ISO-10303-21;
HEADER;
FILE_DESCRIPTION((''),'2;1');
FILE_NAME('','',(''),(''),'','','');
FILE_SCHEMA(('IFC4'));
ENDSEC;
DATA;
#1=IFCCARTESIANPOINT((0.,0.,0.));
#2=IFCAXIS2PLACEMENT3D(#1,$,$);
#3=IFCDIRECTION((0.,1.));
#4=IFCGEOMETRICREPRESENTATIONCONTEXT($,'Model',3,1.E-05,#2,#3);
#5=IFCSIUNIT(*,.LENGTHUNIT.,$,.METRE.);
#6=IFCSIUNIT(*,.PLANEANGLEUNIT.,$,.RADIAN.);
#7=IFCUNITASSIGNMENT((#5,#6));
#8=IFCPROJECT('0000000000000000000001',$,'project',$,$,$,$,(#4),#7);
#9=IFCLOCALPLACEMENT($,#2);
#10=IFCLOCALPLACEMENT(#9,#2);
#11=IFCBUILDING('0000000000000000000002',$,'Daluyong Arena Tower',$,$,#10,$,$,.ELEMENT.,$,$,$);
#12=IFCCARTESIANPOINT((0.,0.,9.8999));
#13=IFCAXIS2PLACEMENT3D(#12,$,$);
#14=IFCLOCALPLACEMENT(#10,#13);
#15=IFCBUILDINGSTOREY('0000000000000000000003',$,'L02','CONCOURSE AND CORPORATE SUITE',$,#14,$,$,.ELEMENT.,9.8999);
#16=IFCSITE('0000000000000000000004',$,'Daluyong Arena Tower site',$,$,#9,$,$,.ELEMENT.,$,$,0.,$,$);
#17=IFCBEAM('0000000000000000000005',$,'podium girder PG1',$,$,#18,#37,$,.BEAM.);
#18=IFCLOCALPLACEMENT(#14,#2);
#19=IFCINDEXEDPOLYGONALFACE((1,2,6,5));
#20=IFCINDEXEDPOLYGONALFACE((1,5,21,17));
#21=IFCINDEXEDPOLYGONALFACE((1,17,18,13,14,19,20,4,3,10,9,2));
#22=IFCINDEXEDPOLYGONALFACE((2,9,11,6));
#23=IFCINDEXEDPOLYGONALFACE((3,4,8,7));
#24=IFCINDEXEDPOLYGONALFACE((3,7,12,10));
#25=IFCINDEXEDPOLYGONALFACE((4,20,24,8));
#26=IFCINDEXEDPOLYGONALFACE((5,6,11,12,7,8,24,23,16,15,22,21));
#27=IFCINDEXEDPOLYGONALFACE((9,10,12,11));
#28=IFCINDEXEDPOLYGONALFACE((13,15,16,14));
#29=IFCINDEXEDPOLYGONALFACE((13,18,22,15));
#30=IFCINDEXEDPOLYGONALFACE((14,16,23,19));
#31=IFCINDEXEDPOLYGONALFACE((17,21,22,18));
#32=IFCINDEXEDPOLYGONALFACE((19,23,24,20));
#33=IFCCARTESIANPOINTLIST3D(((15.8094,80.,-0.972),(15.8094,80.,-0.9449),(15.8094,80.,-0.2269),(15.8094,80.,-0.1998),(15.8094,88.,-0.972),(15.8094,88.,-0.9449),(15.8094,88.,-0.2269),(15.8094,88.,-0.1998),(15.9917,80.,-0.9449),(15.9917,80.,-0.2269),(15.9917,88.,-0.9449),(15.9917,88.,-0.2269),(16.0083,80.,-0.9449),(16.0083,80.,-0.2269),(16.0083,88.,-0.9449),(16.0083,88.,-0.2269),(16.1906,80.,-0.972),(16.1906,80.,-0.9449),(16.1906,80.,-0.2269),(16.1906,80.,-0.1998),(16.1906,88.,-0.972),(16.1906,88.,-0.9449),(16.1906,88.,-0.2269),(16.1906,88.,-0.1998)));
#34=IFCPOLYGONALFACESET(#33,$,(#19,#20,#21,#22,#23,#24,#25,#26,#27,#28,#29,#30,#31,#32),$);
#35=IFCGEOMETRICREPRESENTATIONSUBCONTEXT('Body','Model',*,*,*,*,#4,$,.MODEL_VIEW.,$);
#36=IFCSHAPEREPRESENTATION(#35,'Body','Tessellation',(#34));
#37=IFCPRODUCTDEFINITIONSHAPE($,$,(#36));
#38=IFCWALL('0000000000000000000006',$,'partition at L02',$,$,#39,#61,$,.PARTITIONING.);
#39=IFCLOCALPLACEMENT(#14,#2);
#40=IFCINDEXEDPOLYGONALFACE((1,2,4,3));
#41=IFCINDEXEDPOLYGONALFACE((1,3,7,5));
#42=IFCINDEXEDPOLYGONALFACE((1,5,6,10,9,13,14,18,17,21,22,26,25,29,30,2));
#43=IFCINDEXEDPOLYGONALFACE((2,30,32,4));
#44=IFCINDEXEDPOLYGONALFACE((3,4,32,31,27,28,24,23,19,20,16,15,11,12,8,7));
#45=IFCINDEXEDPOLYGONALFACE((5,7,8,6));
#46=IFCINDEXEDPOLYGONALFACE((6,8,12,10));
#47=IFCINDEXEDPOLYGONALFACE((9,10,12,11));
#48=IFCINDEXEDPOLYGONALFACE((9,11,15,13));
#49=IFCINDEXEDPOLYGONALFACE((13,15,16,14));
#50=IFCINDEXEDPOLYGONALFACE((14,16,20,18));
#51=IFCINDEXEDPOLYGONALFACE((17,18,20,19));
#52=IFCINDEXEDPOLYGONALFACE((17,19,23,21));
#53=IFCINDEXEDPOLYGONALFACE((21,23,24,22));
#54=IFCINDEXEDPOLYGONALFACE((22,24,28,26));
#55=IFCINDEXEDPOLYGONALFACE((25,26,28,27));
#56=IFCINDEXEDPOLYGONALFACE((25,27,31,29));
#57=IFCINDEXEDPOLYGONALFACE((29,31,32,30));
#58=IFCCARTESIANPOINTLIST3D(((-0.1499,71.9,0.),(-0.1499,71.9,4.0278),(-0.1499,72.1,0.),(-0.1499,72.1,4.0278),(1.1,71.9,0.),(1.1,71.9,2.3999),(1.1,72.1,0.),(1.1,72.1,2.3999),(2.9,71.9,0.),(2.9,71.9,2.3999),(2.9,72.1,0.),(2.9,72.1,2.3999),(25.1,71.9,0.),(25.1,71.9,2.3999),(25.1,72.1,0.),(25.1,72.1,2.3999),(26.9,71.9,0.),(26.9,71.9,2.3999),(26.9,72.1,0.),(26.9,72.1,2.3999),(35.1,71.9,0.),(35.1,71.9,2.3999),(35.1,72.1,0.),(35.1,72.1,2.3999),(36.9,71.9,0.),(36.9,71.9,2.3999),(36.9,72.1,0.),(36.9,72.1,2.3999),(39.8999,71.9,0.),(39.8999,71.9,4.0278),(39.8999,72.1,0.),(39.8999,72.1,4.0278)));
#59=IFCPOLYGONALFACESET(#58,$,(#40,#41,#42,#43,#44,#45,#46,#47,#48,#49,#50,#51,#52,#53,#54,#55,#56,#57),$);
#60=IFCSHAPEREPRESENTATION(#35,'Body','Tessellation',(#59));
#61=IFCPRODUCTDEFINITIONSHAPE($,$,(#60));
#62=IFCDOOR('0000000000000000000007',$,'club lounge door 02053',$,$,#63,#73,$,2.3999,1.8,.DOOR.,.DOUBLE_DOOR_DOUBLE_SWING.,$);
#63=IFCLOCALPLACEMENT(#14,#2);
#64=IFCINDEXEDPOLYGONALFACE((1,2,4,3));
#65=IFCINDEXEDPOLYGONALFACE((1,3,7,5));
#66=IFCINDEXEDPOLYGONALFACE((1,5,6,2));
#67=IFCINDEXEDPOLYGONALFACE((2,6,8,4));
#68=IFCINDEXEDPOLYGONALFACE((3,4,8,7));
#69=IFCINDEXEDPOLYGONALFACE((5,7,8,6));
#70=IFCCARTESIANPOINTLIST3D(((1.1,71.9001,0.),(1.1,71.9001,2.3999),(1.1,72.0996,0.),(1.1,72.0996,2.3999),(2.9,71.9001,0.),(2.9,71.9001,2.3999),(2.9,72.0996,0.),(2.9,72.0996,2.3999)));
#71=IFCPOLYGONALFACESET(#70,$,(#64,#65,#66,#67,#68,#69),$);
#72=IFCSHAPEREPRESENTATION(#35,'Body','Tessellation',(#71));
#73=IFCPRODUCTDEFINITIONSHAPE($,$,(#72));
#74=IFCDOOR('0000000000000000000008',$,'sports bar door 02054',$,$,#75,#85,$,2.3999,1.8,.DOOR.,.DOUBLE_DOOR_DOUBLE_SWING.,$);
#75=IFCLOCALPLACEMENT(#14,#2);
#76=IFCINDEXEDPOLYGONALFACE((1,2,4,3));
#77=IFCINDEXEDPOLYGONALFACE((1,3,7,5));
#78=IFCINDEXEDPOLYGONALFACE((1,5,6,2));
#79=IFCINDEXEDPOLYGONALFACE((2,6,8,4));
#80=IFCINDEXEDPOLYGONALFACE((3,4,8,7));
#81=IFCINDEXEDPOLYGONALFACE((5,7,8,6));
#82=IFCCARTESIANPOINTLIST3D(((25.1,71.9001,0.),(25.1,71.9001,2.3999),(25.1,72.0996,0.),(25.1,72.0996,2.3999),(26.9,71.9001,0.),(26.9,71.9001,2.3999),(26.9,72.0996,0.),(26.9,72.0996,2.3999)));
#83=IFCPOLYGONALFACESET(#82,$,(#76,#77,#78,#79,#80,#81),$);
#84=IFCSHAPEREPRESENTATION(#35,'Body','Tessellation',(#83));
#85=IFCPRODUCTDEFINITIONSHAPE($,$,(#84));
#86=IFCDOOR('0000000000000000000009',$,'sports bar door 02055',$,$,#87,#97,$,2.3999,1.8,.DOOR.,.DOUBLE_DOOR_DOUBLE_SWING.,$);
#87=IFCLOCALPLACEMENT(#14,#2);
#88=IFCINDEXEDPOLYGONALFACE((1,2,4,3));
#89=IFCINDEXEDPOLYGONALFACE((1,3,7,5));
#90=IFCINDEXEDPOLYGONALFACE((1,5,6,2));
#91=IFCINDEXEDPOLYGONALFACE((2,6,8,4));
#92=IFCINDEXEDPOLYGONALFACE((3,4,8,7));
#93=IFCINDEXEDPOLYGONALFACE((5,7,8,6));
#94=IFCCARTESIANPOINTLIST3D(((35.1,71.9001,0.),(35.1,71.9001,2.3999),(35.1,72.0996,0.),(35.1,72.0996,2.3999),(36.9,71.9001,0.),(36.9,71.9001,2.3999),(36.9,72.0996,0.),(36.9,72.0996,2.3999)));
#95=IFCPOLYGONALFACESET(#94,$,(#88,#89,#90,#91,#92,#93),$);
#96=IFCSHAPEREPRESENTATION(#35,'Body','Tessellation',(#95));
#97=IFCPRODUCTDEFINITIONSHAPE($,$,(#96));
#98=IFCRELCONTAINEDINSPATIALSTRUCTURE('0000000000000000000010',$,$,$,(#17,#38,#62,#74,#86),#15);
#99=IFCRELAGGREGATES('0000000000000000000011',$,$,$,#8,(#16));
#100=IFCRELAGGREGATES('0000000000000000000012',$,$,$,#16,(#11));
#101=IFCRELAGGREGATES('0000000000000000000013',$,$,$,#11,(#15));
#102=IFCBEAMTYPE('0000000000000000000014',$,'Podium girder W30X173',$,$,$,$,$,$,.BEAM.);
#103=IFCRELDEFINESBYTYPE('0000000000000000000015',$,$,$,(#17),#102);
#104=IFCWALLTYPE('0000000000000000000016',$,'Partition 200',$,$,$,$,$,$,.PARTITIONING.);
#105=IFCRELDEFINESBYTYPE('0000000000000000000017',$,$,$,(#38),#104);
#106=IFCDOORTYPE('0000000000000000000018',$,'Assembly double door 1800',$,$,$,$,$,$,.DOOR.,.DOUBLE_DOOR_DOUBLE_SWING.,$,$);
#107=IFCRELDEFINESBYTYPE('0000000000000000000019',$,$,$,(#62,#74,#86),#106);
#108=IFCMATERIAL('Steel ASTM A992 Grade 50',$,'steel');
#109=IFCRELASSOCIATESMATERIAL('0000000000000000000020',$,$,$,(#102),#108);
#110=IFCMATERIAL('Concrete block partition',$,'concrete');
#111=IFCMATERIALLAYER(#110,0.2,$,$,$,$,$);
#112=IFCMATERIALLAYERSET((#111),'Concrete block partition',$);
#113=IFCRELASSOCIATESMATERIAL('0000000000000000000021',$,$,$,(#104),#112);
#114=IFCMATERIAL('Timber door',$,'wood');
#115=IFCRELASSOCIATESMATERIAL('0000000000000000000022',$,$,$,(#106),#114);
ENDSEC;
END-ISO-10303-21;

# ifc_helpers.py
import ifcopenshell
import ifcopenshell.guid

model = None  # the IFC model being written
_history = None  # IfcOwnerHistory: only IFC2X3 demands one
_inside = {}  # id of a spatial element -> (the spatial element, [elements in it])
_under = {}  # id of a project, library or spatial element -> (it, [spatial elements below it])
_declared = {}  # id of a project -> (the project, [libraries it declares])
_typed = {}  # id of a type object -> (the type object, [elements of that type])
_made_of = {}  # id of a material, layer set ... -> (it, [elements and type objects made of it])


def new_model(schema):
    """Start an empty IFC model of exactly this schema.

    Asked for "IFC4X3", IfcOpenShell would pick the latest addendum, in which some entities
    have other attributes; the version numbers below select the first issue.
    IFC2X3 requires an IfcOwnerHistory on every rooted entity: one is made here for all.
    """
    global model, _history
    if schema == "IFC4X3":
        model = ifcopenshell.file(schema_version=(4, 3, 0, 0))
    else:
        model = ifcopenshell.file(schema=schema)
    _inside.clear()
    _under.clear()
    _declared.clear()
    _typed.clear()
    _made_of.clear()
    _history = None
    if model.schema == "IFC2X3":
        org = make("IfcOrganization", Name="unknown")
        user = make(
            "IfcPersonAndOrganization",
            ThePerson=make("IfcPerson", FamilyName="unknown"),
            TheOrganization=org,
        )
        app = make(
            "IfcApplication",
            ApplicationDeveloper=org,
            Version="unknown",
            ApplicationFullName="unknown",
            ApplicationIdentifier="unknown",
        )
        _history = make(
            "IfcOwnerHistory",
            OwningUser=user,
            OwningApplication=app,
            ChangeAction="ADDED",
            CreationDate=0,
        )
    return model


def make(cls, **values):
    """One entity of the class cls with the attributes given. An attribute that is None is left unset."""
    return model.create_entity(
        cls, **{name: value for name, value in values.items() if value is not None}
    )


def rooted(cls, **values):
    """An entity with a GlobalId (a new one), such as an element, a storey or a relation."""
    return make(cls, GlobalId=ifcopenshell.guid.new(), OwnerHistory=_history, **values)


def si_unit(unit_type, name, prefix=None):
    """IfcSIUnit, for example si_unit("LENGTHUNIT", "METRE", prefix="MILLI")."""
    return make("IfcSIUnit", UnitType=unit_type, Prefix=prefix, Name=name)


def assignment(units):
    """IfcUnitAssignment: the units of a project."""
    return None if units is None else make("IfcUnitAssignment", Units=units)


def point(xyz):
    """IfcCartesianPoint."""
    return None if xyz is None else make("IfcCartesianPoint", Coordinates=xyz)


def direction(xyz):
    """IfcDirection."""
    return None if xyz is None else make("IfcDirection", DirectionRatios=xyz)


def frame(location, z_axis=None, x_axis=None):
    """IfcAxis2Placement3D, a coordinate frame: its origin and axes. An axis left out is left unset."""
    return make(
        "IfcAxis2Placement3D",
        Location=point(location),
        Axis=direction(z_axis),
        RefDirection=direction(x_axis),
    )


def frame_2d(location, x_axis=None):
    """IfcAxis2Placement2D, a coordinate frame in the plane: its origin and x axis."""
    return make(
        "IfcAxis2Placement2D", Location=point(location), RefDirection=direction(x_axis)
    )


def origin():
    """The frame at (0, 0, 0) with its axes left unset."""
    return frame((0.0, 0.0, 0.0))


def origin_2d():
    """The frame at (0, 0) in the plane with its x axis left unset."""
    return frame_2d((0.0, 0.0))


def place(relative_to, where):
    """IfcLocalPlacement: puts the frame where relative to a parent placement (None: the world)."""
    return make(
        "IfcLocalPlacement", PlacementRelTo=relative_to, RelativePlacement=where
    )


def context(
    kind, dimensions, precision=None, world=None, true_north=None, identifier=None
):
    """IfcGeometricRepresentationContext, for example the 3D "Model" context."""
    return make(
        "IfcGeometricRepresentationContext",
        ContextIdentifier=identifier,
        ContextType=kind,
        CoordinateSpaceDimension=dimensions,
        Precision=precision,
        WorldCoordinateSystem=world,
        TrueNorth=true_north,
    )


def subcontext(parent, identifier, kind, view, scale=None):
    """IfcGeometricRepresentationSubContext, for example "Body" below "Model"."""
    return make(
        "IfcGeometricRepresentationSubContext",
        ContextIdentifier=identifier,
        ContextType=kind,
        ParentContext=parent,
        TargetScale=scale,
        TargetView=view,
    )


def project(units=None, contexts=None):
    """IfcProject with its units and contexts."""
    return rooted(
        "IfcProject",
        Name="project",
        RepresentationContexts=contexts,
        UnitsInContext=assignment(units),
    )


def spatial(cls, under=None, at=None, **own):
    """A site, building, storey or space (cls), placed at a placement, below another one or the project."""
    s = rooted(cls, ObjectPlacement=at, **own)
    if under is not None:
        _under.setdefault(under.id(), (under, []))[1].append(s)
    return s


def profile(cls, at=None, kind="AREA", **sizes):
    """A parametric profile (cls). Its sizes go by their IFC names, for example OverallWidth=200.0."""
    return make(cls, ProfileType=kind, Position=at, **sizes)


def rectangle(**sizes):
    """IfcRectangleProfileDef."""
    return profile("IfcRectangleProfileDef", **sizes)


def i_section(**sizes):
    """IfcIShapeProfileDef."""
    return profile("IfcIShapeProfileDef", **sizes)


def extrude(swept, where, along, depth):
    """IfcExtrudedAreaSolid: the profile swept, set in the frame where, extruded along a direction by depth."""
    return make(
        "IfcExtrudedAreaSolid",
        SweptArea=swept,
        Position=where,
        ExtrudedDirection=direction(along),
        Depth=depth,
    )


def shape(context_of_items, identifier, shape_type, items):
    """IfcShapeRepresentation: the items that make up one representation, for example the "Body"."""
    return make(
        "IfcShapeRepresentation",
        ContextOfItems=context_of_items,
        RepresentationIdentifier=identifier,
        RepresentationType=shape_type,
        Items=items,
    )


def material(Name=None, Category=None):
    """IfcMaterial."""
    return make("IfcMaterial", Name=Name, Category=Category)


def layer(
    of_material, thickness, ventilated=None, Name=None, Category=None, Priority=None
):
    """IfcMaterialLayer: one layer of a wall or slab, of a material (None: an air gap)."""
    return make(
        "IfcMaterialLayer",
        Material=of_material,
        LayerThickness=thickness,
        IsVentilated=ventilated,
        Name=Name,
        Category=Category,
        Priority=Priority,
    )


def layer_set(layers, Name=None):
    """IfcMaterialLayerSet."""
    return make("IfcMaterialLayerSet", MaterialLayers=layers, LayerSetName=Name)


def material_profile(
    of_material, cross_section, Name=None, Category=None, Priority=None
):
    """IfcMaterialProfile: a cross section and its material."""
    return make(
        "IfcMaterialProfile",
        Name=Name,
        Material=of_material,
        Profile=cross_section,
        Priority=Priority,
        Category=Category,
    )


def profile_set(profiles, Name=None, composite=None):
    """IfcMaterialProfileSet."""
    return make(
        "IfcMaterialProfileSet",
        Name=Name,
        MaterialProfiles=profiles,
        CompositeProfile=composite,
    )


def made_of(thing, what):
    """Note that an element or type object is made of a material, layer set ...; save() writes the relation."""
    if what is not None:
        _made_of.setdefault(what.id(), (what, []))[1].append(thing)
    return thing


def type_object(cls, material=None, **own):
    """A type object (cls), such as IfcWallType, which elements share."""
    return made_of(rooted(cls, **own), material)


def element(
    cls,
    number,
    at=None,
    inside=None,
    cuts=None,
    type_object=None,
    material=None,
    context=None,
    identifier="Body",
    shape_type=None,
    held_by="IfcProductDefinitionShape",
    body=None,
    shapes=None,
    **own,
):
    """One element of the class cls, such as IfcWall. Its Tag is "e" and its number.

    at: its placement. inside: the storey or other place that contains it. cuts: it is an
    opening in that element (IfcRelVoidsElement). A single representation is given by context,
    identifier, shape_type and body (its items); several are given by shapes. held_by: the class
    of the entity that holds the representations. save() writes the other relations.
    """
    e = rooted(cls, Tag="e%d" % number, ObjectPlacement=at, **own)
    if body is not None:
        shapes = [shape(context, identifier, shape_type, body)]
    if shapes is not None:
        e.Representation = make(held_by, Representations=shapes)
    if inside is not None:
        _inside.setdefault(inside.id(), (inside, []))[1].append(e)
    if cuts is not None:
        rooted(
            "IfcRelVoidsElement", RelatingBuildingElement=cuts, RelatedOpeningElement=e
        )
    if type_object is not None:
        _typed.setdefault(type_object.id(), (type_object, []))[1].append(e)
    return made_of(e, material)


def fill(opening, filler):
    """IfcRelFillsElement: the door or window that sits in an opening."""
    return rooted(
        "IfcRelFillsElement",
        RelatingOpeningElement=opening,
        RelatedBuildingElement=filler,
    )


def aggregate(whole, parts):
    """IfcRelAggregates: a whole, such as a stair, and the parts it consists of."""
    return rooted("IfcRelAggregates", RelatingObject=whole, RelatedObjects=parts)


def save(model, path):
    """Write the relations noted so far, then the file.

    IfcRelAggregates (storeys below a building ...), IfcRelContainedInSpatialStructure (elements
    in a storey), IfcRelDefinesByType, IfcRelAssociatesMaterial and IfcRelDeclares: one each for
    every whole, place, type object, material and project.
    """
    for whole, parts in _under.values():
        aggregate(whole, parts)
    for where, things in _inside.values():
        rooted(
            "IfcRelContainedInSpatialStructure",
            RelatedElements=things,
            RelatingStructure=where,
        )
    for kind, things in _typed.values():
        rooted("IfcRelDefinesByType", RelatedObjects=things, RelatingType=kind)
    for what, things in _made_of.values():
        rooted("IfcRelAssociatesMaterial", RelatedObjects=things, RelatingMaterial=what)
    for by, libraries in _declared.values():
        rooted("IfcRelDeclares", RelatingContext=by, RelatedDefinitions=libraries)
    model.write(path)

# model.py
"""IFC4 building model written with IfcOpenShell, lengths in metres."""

from ifc_helpers import new_model, si_unit, direction, frame, frame_2d, origin, origin_2d, place, context, subcontext, project, spatial, rectangle, i_section, extrude, material, layer, layer_set, material_profile, profile_set, type_object, element, fill, save


model = new_model("IFC4")

# Units and contexts
model_context = context("Model", 3, precision=1e-05, world=origin(), true_north=direction((0.0, 1.0)))
body_context = subcontext(model_context, "Body", "Model", "MODEL_VIEW")
ifc_project = project(units=[si_unit("LENGTHUNIT", "METRE"), si_unit("PLANEANGLEUNIT", "RADIAN")], contexts=[model_context])

# Site, building, storey
site_placement = place(None, origin())
site = spatial("IfcSite", under=ifc_project, at=site_placement, Name="Daluyong Arena Tower site", CompositionType="ELEMENT", RefElevation=0.0)
building_placement = place(site_placement, origin())
building = spatial("IfcBuilding", under=site, at=building_placement, Name="Daluyong Arena Tower", CompositionType="ELEMENT")
storey_placement = place(building_placement, frame((0.0, 0.0, 9.8999)))
storey = spatial("IfcBuildingStorey", under=building, at=storey_placement, Name="L02", Description="CONCOURSE AND CORPORATE SUITE", CompositionType="ELEMENT", Elevation=9.8999)

# Beam
ifc_material_1 = material(Name="Steel ASTM A992 Grade 50", Category="steel")
ifc_material_profile_1 = material_profile(ifc_material_1, i_section(OverallWidth=0.3811, OverallDepth=0.7722, WebThickness=0.0166, FlangeThickness=0.0271, at=origin_2d()))
ifc_profile_set_1 = profile_set([ifc_material_profile_1], Name="Steel ASTM A992 Grade 50")
beam_type_1 = type_object("IfcBeamType", Name="Podium girder W30X173", PredefinedType="BEAM", material=ifc_profile_set_1)
for number, where, z_axis, x_axis, name in (
    (1, (16.0, 80.0, -0.5859), (0.0, 1.0, 0.0), (-1.0, 0.0, 0.0), "podium girder PG1"),
):
    element("IfcBeam", number, at=place(storey_placement, frame(where, z_axis=z_axis, x_axis=x_axis)), inside=storey, type_object=beam_type_1, Name=name, PredefinedType="BEAM", context=body_context, shape_type="SweptSolid", body=[
        extrude(i_section(OverallWidth=0.3811, OverallDepth=0.7722, WebThickness=0.0166, FlangeThickness=0.0271, at=origin_2d()), origin(), (0.0, 0.0, 1.0), 8.0),
    ])

# Wall, openings, doors
ifc_material_2 = material(Name="Concrete block partition", Category="concrete")
ifc_layer = layer(ifc_material_2, 0.2)
ifc_layer_set = layer_set([ifc_layer], Name="Concrete block partition")
wall_type = type_object("IfcWallType", Name="Partition 200", PredefinedType="PARTITIONING", material=ifc_layer_set)
wall_placement = place(storey_placement, frame((-0.1499, 72.0, 0.0), z_axis=(0.0, 0.0, 1.0), x_axis=(1.0, 0.0, 0.0)))
wall = element("IfcWall", 2, at=wall_placement, inside=storey, type_object=wall_type, Name="partition at L02", PredefinedType="PARTITIONING", context=body_context, shape_type="SweptSolid", body=[
    extrude(rectangle(XDim=40.0498, YDim=0.2, at=frame_2d((20.0249, 0.0))), origin(), (0.0, 0.0, 1.0), 4.0278),
])
opening_1_placement = place(wall_placement, frame((1.25, 0.0, 0.0)))
opening_1 = element("IfcOpeningElement", 3, at=opening_1_placement, cuts=wall, PredefinedType="OPENING", context=body_context, shape_type="SweptSolid", body=[
    extrude(rectangle(XDim=1.8, YDim=2.3999, at=frame_2d((0.8999, 1.2))), frame((0.0, 0.1099, 0.0), z_axis=(0.0, -1.0, 0.0), x_axis=(1.0, 0.0, 0.0)), (0.0, 0.0, 1.0), 0.22),
])
opening_2_placement = place(wall_placement, frame((25.25, 0.0, 0.0)))
opening_2 = element("IfcOpeningElement", 4, at=opening_2_placement, cuts=wall, PredefinedType="OPENING", context=body_context, shape_type="SweptSolid", body=[
    extrude(rectangle(XDim=1.8, YDim=2.3999, at=frame_2d((0.8999, 1.2))), frame((0.0, 0.1099, 0.0), z_axis=(0.0, -1.0, 0.0), x_axis=(1.0, 0.0, 0.0)), (0.0, 0.0, 1.0), 0.22),
])
opening_3_placement = place(wall_placement, frame((35.25, 0.0, 0.0)))
opening_3 = element("IfcOpeningElement", 5, at=opening_3_placement, cuts=wall, PredefinedType="OPENING", context=body_context, shape_type="SweptSolid", body=[
    extrude(rectangle(XDim=1.8, YDim=2.3999, at=frame_2d((0.8999, 1.2))), frame((0.0, 0.1099, 0.0), z_axis=(0.0, -1.0, 0.0), x_axis=(1.0, 0.0, 0.0)), (0.0, 0.0, 1.0), 0.22),
])
ifc_material_3 = material(Name="Timber door", Category="wood")
door_type = type_object("IfcDoorType", Name="Assembly double door 1800", OperationType="DOUBLE_DOOR_DOUBLE_SWING", PredefinedType="DOOR", material=ifc_material_3)
door_1_placement = place(opening_1_placement, origin())
door_1 = element("IfcDoor", 6, at=door_1_placement, inside=storey, type_object=door_type, Name="club lounge door 02053", OperationType="DOUBLE_DOOR_DOUBLE_SWING", OverallHeight=2.3999, OverallWidth=1.8, PredefinedType="DOOR", context=body_context, shape_type="SweptSolid", body=[
    extrude(rectangle(XDim=1.8, YDim=2.3999, at=frame_2d((0.8999, 1.2))), frame((0.0, 0.0996, 0.0), z_axis=(0.0, -1.0, 0.0), x_axis=(1.0, 0.0, 0.0)), (0.0, 0.0, 1.0), 0.1995),
])
fill(opening_1, door_1)
door_2_placement = place(opening_2_placement, origin())
door_2 = element("IfcDoor", 7, at=door_2_placement, inside=storey, type_object=door_type, Name="sports bar door 02054", OperationType="DOUBLE_DOOR_DOUBLE_SWING", OverallHeight=2.3999, OverallWidth=1.8, PredefinedType="DOOR", context=body_context, shape_type="SweptSolid", body=[
    extrude(rectangle(XDim=1.8, YDim=2.3999, at=frame_2d((0.8999, 1.2))), frame((0.0, 0.0996, 0.0), z_axis=(0.0, -1.0, 0.0), x_axis=(1.0, 0.0, 0.0)), (0.0, 0.0, 1.0), 0.1995),
])
fill(opening_2, door_2)
door_3_placement = place(opening_3_placement, origin())
door_3 = element("IfcDoor", 8, at=door_3_placement, inside=storey, type_object=door_type, Name="sports bar door 02055", OperationType="DOUBLE_DOOR_DOUBLE_SWING", OverallHeight=2.3999, OverallWidth=1.8, PredefinedType="DOOR", context=body_context, shape_type="SweptSolid", body=[
    extrude(rectangle(XDim=1.8, YDim=2.3999, at=frame_2d((0.8999, 1.2))), frame((0.0, 0.0996, 0.0), z_axis=(0.0, -1.0, 0.0), x_axis=(1.0, 0.0, 0.0)), (0.0, 0.0, 1.0), 0.1995),
])
fill(opening_3, door_3)

save(model, "model.ifc")
